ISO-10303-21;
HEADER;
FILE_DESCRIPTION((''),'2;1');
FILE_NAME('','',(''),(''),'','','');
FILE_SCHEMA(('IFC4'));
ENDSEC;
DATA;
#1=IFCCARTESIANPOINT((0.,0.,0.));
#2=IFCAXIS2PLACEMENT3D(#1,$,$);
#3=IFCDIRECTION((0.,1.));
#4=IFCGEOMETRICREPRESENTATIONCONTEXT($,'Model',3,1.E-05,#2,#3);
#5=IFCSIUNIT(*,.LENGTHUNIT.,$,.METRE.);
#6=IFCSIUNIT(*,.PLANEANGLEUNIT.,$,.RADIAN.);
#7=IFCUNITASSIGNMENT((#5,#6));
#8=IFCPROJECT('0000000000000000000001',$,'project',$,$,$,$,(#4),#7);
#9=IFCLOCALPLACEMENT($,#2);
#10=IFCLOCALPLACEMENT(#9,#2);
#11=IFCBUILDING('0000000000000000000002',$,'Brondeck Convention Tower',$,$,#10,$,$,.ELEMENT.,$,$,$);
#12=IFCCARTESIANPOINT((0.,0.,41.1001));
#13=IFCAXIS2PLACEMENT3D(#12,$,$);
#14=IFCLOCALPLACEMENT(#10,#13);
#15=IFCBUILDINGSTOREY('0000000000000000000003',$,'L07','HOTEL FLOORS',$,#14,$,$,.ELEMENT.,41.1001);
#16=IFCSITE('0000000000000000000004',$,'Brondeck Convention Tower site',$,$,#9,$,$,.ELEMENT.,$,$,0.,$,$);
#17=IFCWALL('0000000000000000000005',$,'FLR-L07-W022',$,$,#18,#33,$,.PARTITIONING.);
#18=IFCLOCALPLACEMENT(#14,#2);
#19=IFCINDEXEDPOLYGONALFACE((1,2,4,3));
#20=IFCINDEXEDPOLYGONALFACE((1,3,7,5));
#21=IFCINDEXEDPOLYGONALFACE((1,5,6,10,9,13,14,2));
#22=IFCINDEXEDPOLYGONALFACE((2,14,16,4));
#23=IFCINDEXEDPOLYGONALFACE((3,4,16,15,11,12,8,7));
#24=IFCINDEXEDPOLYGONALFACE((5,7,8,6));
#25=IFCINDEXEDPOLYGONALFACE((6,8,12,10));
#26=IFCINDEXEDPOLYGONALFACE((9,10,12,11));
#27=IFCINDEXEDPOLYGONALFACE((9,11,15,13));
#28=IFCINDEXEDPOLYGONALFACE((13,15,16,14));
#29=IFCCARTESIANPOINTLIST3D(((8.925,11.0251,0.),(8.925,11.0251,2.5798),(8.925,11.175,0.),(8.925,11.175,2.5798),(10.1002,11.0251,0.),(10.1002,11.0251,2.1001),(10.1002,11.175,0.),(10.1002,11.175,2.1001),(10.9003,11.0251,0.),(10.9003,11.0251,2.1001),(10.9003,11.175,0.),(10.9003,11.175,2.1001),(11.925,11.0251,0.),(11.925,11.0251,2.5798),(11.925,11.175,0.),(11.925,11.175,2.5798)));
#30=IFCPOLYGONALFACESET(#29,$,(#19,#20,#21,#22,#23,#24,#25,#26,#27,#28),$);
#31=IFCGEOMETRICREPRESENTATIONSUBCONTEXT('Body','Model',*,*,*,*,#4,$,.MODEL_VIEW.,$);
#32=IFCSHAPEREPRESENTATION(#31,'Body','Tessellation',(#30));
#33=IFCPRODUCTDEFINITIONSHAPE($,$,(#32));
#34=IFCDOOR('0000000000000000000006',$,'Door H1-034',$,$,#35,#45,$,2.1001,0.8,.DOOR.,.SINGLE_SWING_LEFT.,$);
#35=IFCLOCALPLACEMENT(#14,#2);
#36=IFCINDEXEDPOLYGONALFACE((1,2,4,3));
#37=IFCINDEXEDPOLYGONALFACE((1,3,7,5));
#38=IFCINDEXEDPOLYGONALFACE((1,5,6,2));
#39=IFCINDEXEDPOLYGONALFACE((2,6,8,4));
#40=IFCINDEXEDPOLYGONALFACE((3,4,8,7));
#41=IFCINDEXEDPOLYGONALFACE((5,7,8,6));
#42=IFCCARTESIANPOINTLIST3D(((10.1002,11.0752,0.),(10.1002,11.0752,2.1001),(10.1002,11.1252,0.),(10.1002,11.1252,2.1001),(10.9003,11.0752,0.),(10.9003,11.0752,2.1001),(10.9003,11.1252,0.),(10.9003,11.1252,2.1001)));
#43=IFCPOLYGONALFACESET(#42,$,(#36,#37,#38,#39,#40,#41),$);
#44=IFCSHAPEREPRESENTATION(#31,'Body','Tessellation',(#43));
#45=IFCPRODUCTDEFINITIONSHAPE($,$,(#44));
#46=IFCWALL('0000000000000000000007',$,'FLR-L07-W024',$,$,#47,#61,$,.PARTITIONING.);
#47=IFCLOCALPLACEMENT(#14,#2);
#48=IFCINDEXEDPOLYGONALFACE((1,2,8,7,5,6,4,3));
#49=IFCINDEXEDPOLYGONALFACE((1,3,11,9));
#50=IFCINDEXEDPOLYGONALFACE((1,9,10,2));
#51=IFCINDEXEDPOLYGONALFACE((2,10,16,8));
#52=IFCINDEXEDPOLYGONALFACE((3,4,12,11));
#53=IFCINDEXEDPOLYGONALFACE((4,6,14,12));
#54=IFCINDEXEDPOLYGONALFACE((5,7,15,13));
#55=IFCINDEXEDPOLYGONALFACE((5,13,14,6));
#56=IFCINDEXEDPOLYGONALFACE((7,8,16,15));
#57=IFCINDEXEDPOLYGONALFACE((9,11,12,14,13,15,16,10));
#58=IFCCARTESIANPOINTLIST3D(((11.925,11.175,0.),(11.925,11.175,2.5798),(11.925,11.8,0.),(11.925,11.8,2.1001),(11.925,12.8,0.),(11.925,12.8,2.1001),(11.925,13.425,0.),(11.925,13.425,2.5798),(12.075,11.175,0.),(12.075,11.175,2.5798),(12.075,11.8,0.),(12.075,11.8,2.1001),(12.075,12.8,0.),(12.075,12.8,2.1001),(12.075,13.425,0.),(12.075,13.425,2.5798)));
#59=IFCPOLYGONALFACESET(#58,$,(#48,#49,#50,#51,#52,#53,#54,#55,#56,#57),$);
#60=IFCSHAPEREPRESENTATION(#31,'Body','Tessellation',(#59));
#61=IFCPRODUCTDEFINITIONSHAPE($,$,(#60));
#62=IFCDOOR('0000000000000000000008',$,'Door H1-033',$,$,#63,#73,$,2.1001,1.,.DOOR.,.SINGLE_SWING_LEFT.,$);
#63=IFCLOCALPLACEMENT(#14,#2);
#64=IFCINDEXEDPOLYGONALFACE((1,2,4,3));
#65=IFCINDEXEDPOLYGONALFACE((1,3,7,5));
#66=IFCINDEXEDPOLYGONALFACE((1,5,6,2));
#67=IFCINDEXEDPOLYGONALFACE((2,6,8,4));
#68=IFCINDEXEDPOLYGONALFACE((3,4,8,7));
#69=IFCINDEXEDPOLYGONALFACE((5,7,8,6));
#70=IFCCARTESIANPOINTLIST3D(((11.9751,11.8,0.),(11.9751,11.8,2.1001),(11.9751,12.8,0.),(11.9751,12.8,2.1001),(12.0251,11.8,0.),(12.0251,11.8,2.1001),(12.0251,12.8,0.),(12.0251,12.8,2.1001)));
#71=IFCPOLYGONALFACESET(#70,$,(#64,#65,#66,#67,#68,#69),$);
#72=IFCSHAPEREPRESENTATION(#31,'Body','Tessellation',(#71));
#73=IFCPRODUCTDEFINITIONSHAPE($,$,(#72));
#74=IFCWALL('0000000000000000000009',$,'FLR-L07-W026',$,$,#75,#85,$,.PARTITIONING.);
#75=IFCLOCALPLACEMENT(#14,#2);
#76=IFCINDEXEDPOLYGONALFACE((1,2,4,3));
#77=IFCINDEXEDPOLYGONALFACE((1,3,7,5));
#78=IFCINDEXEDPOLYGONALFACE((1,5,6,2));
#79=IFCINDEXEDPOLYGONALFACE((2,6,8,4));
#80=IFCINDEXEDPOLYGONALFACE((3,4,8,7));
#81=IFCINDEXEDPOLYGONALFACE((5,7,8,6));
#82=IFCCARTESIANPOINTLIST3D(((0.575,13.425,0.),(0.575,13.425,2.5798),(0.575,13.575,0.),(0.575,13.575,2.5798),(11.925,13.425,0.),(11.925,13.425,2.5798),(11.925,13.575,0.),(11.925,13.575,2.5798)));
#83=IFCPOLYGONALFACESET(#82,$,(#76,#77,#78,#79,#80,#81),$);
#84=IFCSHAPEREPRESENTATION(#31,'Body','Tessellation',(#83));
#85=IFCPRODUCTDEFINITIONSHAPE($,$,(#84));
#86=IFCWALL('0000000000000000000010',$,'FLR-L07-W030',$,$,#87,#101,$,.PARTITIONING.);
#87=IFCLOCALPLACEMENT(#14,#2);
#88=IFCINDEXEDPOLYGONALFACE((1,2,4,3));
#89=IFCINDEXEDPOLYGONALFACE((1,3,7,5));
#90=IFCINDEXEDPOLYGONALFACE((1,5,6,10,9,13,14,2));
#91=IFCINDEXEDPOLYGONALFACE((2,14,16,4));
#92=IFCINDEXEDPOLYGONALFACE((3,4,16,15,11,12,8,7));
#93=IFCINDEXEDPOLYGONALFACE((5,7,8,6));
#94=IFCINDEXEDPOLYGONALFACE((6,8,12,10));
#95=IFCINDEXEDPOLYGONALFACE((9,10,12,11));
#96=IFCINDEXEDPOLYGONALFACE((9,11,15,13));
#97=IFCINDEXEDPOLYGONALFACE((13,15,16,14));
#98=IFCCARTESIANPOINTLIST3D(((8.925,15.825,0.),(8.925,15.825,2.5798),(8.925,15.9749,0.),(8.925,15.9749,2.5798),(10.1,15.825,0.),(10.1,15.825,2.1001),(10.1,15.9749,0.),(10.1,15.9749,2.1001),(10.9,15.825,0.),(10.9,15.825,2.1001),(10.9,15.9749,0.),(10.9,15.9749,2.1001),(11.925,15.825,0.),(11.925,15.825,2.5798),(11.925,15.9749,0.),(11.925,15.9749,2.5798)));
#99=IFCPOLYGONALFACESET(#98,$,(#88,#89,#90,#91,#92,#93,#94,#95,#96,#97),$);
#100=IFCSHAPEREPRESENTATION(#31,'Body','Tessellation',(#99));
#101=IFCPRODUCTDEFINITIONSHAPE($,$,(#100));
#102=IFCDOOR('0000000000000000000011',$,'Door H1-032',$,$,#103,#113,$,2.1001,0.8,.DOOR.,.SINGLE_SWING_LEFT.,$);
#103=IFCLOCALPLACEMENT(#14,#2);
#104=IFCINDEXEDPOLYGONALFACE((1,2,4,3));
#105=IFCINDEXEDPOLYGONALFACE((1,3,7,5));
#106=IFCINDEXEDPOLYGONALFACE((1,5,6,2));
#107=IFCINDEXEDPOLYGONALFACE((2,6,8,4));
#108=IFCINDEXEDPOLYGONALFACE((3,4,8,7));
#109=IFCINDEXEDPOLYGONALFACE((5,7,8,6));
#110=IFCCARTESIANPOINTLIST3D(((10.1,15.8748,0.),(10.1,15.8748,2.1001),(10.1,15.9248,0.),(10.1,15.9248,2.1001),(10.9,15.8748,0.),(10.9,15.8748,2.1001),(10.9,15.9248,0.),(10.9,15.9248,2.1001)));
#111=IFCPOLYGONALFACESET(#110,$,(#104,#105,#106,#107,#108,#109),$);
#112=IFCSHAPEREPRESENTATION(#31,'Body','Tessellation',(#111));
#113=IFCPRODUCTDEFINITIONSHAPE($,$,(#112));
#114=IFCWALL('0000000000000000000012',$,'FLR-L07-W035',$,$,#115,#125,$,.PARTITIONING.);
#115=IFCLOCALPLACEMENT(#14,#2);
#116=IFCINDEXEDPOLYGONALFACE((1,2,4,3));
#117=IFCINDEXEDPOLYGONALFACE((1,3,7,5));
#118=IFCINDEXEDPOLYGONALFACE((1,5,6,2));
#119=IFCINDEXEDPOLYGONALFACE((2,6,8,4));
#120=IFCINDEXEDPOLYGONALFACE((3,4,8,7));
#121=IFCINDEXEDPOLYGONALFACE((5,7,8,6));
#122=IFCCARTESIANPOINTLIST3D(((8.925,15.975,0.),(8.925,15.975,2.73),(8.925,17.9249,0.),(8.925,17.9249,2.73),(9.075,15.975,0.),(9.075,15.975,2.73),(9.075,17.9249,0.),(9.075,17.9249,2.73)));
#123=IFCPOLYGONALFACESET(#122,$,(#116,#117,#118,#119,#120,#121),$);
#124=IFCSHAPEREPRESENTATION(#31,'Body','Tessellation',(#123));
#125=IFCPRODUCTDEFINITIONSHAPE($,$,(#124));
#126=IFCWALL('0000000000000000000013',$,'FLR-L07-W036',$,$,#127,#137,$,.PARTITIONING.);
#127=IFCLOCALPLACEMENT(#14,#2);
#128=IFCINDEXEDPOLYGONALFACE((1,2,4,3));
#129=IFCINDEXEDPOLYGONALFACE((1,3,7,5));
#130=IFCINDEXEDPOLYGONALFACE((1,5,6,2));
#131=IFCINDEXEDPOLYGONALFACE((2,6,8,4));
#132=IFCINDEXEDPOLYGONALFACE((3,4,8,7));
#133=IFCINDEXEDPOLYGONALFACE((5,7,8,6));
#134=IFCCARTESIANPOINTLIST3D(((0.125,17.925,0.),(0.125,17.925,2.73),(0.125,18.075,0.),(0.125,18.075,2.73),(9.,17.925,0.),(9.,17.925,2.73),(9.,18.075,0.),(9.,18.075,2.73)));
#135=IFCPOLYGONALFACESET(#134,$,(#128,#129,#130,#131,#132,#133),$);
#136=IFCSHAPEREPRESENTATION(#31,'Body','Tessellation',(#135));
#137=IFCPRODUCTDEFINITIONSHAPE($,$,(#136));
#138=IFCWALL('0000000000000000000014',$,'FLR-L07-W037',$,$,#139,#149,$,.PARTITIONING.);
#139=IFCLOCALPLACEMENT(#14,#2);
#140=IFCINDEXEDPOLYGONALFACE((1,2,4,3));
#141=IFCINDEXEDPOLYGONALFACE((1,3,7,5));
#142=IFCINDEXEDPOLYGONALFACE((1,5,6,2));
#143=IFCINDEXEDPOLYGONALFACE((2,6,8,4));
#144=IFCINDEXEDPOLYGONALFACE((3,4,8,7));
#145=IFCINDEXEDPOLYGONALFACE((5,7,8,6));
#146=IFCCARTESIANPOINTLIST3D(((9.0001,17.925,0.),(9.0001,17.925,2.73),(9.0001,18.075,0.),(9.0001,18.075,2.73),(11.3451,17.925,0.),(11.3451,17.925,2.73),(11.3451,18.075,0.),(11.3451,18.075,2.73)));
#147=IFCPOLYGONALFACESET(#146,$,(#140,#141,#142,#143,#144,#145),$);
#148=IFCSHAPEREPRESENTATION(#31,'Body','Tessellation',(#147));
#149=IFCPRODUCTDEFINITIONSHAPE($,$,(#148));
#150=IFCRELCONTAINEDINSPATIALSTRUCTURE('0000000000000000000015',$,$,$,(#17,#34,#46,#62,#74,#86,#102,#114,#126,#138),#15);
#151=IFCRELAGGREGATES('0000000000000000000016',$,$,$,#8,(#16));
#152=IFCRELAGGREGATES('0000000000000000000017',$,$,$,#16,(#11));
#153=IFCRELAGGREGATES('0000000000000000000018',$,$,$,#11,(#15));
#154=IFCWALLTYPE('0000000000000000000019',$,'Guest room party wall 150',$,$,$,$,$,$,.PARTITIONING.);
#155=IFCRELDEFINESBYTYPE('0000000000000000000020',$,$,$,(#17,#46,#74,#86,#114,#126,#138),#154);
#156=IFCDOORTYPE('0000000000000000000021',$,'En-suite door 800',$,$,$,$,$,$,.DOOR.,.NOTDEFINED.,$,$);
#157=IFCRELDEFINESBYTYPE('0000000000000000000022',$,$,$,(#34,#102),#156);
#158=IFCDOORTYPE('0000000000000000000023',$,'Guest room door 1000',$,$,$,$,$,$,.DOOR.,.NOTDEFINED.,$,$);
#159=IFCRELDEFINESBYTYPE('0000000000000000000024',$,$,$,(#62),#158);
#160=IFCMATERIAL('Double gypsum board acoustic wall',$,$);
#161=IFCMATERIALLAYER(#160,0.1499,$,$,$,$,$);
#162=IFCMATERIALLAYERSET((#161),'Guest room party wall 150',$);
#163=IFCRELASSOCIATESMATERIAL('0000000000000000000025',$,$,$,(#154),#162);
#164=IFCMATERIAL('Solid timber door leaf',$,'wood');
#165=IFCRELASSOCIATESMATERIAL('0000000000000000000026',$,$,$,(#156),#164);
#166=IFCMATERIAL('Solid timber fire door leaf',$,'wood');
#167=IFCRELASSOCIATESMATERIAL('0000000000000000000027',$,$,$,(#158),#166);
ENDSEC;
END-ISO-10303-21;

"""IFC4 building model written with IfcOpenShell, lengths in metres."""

from ifc_helpers import new_model, si_unit, direction, frame, frame_2d, origin, place, context, subcontext, project, spatial, rectangle, extrude, material, layer, layer_set, type_object, element, fill, save


model = new_model("IFC4")

# Units and contexts
model_context = context("Model", 3, precision=1e-05, world=origin(), true_north=direction((0.0, 1.0)))
body_context = subcontext(model_context, "Body", "Model", "MODEL_VIEW")
ifc_project = project(units=[si_unit("LENGTHUNIT", "METRE"), si_unit("PLANEANGLEUNIT", "RADIAN")], contexts=[model_context])

# Site, building, storey
site_placement = place(None, origin())
site = spatial("IfcSite", under=ifc_project, at=site_placement, Name="Brondeck Convention Tower site", CompositionType="ELEMENT", RefElevation=0.0)
building_placement = place(site_placement, origin())
building = spatial("IfcBuilding", under=site, at=building_placement, Name="Brondeck Convention Tower", CompositionType="ELEMENT")
storey_placement = place(building_placement, frame((0.0, 0.0, 41.1001)))
storey = spatial("IfcBuildingStorey", under=building, at=storey_placement, Name="L07", Description="HOTEL FLOORS", CompositionType="ELEMENT", Elevation=41.1001)

# Shared definitions
ifc_material_1 = material(Name="Double gypsum board acoustic wall")
ifc_layer_1 = layer(ifc_material_1, 0.1499)
ifc_layer_set_1 = layer_set([ifc_layer_1], Name="Guest room party wall 150")
wall_type_1 = type_object("IfcWallType", Name="Guest room party wall 150", PredefinedType="PARTITIONING", material=ifc_layer_set_1)

# Walls, openings, doors
wall_1_placement = place(storey_placement, frame((11.925, 11.1001, 0.0), z_axis=(0.0, 0.0, 1.0), x_axis=(-1.0, 0.0, 0.0)))
wall_1 = element("IfcWall", 1, at=wall_1_placement, inside=storey, type_object=wall_type_1, Name="FLR-L07-W022", PredefinedType="PARTITIONING", context=body_context, shape_type="SweptSolid", body=[
    extrude(rectangle(XDim=3.0, YDim=0.1499, at=frame_2d((1.5, 0.0))), origin(), (0.0, 0.0, 1.0), 2.5798),
])
opening_1_placement = place(wall_1_placement, frame((1.0249, 0.0, 0.0)))
opening_1 = element("IfcOpeningElement", 2, at=opening_1_placement, cuts=wall_1, PredefinedType="OPENING", context=body_context, shape_type="SweptSolid", body=[
    extrude(rectangle(XDim=0.8, YDim=2.1001, at=frame_2d((0.3999, 1.05))), frame((0.0, 0.085, 0.0), z_axis=(0.0, -1.0, 0.0), x_axis=(1.0, 0.0, 0.0)), (0.0, 0.0, 1.0), 0.1699),
])
ifc_material_2 = material(Name="Solid timber door leaf", Category="wood")
door_type_1 = type_object("IfcDoorType", Name="En-suite door 800", OperationType="NOTDEFINED", PredefinedType="DOOR", material=ifc_material_2)
door_1_placement = place(opening_1_placement, origin())
door_1 = element("IfcDoor", 3, at=door_1_placement, inside=storey, type_object=door_type_1, Name="Door H1-034", OperationType="SINGLE_SWING_LEFT", OverallHeight=2.1001, OverallWidth=0.8, PredefinedType="DOOR", context=body_context, shape_type="SweptSolid", body=[
    extrude(rectangle(XDim=0.8, YDim=2.1001, at=frame_2d((0.3999, 1.05))), frame((0.0, 0.0249, 0.0), z_axis=(0.0, -1.0, 0.0), x_axis=(1.0, 0.0, 0.0)), (0.0, 0.0, 1.0), 0.05),
])
fill(opening_1, door_1)
wall_2_placement = place(storey_placement, frame((12.0, 11.175, 0.0), z_axis=(0.0, 0.0, 1.0), x_axis=(0.0, 1.0, 0.0)))
wall_2 = element("IfcWall", 4, at=wall_2_placement, inside=storey, type_object=wall_type_1, Name="FLR-L07-W024", PredefinedType="PARTITIONING", context=body_context, shape_type="SweptSolid", body=[
    extrude(rectangle(XDim=2.25, YDim=0.1499, at=frame_2d((1.125, 0.0))), origin(), (0.0, 0.0, 1.0), 2.5798),
])
opening_2_placement = place(wall_2_placement, frame((0.625, 0.0, 0.0)))
opening_2 = element("IfcOpeningElement", 5, at=opening_2_placement, cuts=wall_2, PredefinedType="OPENING", context=body_context, shape_type="SweptSolid", body=[
    extrude(rectangle(XDim=1.0, YDim=2.1001, at=frame_2d((0.5, 1.05))), frame((0.0, 0.085, 0.0), z_axis=(0.0, -1.0, 0.0), x_axis=(1.0, 0.0, 0.0)), (0.0, 0.0, 1.0), 0.1699),
])
ifc_material_3 = material(Name="Solid timber fire door leaf", Category="wood")
door_type_2 = type_object("IfcDoorType", Name="Guest room door 1000", OperationType="NOTDEFINED", PredefinedType="DOOR", material=ifc_material_3)
door_2_placement = place(opening_2_placement, origin())
door_2 = element("IfcDoor", 6, at=door_2_placement, inside=storey, type_object=door_type_2, Name="Door H1-033", OperationType="SINGLE_SWING_LEFT", OverallHeight=2.1001, OverallWidth=1.0, PredefinedType="DOOR", context=body_context, shape_type="SweptSolid", body=[
    extrude(rectangle(XDim=1.0, YDim=2.1001, at=frame_2d((0.5, 1.05))), frame((0.0, 0.0249, 0.0), z_axis=(0.0, -1.0, 0.0), x_axis=(1.0, 0.0, 0.0)), (0.0, 0.0, 1.0), 0.05),
])
fill(opening_2, door_2)

# Wall
wall_3_placement = place(storey_placement, frame((11.925, 13.5, 0.0), z_axis=(0.0, 0.0, 1.0), x_axis=(-1.0, 0.0, 0.0)))
element("IfcWall", 7, at=wall_3_placement, inside=storey, type_object=wall_type_1, Name="FLR-L07-W026", PredefinedType="PARTITIONING", context=body_context, shape_type="SweptSolid", body=[
    extrude(rectangle(XDim=11.3501, YDim=0.1499, at=frame_2d((5.675, 0.0))), origin(), (0.0, 0.0, 1.0), 2.5798),
])

# Wall, opening, door
wall_4_placement = place(storey_placement, frame((8.925, 15.8999, 0.0), z_axis=(0.0, 0.0, 1.0), x_axis=(1.0, 0.0, 0.0)))
wall_4 = element("IfcWall", 8, at=wall_4_placement, inside=storey, type_object=wall_type_1, Name="FLR-L07-W030", PredefinedType="PARTITIONING", context=body_context, shape_type="SweptSolid", body=[
    extrude(rectangle(XDim=3.0, YDim=0.1499, at=frame_2d((1.5, 0.0))), origin(), (0.0, 0.0, 1.0), 2.5798),
])
opening_3_placement = place(wall_4_placement, frame((1.175, 0.0, 0.0)))
opening_3 = element("IfcOpeningElement", 9, at=opening_3_placement, cuts=wall_4, PredefinedType="OPENING", context=body_context, shape_type="SweptSolid", body=[
    extrude(rectangle(XDim=0.8, YDim=2.1001, at=frame_2d((0.3999, 1.05))), frame((0.0, 0.085, 0.0), z_axis=(0.0, -1.0, 0.0), x_axis=(1.0, 0.0, 0.0)), (0.0, 0.0, 1.0), 0.1699),
])
door_3_placement = place(opening_3_placement, origin())
door_3 = element("IfcDoor", 10, at=door_3_placement, inside=storey, type_object=door_type_1, Name="Door H1-032", OperationType="SINGLE_SWING_LEFT", OverallHeight=2.1001, OverallWidth=0.8, PredefinedType="DOOR", context=body_context, shape_type="SweptSolid", body=[
    extrude(rectangle(XDim=0.8, YDim=2.1001, at=frame_2d((0.3999, 1.05))), frame((0.0, 0.0249, 0.0), z_axis=(0.0, -1.0, 0.0), x_axis=(1.0, 0.0, 0.0)), (0.0, 0.0, 1.0), 0.05),
])
fill(opening_3, door_3)

# Walls
wall_5_placement = place(storey_placement, frame((9.0, 17.925, 0.0), z_axis=(0.0, 0.0, 1.0), x_axis=(0.0, -1.0, 0.0)))
element("IfcWall", 11, at=wall_5_placement, inside=storey, type_object=wall_type_1, Name="FLR-L07-W035", PredefinedType="PARTITIONING", context=body_context, shape_type="SweptSolid", body=[
    extrude(rectangle(XDim=1.95, YDim=0.1499, at=frame_2d((0.9751, 0.0))), origin(), (0.0, 0.0, 1.0), 2.73),
])
wall_6_placement = place(storey_placement, frame((9.0, 18.0, 0.0), z_axis=(0.0, 0.0, 1.0), x_axis=(-1.0, 0.0, 0.0)))
element("IfcWall", 12, at=wall_6_placement, inside=storey, type_object=wall_type_1, Name="FLR-L07-W036", PredefinedType="PARTITIONING", context=body_context, shape_type="SweptSolid", body=[
    extrude(rectangle(XDim=8.875, YDim=0.1499, at=frame_2d((4.4375, 0.0))), origin(), (0.0, 0.0, 1.0), 2.73),
])
wall_7_placement = place(storey_placement, frame((11.345, 18.0, 0.0), z_axis=(0.0, 0.0, 1.0), x_axis=(-1.0, 0.0, 0.0)))
element("IfcWall", 13, at=wall_7_placement, inside=storey, type_object=wall_type_1, Name="FLR-L07-W037", PredefinedType="PARTITIONING", context=body_context, shape_type="SweptSolid", body=[
    extrude(rectangle(XDim=2.345, YDim=0.1499, at=frame_2d((1.1724, 0.0))), origin(), (0.0, 0.0, 1.0), 2.73),
])

save(model, "model.ifc")
